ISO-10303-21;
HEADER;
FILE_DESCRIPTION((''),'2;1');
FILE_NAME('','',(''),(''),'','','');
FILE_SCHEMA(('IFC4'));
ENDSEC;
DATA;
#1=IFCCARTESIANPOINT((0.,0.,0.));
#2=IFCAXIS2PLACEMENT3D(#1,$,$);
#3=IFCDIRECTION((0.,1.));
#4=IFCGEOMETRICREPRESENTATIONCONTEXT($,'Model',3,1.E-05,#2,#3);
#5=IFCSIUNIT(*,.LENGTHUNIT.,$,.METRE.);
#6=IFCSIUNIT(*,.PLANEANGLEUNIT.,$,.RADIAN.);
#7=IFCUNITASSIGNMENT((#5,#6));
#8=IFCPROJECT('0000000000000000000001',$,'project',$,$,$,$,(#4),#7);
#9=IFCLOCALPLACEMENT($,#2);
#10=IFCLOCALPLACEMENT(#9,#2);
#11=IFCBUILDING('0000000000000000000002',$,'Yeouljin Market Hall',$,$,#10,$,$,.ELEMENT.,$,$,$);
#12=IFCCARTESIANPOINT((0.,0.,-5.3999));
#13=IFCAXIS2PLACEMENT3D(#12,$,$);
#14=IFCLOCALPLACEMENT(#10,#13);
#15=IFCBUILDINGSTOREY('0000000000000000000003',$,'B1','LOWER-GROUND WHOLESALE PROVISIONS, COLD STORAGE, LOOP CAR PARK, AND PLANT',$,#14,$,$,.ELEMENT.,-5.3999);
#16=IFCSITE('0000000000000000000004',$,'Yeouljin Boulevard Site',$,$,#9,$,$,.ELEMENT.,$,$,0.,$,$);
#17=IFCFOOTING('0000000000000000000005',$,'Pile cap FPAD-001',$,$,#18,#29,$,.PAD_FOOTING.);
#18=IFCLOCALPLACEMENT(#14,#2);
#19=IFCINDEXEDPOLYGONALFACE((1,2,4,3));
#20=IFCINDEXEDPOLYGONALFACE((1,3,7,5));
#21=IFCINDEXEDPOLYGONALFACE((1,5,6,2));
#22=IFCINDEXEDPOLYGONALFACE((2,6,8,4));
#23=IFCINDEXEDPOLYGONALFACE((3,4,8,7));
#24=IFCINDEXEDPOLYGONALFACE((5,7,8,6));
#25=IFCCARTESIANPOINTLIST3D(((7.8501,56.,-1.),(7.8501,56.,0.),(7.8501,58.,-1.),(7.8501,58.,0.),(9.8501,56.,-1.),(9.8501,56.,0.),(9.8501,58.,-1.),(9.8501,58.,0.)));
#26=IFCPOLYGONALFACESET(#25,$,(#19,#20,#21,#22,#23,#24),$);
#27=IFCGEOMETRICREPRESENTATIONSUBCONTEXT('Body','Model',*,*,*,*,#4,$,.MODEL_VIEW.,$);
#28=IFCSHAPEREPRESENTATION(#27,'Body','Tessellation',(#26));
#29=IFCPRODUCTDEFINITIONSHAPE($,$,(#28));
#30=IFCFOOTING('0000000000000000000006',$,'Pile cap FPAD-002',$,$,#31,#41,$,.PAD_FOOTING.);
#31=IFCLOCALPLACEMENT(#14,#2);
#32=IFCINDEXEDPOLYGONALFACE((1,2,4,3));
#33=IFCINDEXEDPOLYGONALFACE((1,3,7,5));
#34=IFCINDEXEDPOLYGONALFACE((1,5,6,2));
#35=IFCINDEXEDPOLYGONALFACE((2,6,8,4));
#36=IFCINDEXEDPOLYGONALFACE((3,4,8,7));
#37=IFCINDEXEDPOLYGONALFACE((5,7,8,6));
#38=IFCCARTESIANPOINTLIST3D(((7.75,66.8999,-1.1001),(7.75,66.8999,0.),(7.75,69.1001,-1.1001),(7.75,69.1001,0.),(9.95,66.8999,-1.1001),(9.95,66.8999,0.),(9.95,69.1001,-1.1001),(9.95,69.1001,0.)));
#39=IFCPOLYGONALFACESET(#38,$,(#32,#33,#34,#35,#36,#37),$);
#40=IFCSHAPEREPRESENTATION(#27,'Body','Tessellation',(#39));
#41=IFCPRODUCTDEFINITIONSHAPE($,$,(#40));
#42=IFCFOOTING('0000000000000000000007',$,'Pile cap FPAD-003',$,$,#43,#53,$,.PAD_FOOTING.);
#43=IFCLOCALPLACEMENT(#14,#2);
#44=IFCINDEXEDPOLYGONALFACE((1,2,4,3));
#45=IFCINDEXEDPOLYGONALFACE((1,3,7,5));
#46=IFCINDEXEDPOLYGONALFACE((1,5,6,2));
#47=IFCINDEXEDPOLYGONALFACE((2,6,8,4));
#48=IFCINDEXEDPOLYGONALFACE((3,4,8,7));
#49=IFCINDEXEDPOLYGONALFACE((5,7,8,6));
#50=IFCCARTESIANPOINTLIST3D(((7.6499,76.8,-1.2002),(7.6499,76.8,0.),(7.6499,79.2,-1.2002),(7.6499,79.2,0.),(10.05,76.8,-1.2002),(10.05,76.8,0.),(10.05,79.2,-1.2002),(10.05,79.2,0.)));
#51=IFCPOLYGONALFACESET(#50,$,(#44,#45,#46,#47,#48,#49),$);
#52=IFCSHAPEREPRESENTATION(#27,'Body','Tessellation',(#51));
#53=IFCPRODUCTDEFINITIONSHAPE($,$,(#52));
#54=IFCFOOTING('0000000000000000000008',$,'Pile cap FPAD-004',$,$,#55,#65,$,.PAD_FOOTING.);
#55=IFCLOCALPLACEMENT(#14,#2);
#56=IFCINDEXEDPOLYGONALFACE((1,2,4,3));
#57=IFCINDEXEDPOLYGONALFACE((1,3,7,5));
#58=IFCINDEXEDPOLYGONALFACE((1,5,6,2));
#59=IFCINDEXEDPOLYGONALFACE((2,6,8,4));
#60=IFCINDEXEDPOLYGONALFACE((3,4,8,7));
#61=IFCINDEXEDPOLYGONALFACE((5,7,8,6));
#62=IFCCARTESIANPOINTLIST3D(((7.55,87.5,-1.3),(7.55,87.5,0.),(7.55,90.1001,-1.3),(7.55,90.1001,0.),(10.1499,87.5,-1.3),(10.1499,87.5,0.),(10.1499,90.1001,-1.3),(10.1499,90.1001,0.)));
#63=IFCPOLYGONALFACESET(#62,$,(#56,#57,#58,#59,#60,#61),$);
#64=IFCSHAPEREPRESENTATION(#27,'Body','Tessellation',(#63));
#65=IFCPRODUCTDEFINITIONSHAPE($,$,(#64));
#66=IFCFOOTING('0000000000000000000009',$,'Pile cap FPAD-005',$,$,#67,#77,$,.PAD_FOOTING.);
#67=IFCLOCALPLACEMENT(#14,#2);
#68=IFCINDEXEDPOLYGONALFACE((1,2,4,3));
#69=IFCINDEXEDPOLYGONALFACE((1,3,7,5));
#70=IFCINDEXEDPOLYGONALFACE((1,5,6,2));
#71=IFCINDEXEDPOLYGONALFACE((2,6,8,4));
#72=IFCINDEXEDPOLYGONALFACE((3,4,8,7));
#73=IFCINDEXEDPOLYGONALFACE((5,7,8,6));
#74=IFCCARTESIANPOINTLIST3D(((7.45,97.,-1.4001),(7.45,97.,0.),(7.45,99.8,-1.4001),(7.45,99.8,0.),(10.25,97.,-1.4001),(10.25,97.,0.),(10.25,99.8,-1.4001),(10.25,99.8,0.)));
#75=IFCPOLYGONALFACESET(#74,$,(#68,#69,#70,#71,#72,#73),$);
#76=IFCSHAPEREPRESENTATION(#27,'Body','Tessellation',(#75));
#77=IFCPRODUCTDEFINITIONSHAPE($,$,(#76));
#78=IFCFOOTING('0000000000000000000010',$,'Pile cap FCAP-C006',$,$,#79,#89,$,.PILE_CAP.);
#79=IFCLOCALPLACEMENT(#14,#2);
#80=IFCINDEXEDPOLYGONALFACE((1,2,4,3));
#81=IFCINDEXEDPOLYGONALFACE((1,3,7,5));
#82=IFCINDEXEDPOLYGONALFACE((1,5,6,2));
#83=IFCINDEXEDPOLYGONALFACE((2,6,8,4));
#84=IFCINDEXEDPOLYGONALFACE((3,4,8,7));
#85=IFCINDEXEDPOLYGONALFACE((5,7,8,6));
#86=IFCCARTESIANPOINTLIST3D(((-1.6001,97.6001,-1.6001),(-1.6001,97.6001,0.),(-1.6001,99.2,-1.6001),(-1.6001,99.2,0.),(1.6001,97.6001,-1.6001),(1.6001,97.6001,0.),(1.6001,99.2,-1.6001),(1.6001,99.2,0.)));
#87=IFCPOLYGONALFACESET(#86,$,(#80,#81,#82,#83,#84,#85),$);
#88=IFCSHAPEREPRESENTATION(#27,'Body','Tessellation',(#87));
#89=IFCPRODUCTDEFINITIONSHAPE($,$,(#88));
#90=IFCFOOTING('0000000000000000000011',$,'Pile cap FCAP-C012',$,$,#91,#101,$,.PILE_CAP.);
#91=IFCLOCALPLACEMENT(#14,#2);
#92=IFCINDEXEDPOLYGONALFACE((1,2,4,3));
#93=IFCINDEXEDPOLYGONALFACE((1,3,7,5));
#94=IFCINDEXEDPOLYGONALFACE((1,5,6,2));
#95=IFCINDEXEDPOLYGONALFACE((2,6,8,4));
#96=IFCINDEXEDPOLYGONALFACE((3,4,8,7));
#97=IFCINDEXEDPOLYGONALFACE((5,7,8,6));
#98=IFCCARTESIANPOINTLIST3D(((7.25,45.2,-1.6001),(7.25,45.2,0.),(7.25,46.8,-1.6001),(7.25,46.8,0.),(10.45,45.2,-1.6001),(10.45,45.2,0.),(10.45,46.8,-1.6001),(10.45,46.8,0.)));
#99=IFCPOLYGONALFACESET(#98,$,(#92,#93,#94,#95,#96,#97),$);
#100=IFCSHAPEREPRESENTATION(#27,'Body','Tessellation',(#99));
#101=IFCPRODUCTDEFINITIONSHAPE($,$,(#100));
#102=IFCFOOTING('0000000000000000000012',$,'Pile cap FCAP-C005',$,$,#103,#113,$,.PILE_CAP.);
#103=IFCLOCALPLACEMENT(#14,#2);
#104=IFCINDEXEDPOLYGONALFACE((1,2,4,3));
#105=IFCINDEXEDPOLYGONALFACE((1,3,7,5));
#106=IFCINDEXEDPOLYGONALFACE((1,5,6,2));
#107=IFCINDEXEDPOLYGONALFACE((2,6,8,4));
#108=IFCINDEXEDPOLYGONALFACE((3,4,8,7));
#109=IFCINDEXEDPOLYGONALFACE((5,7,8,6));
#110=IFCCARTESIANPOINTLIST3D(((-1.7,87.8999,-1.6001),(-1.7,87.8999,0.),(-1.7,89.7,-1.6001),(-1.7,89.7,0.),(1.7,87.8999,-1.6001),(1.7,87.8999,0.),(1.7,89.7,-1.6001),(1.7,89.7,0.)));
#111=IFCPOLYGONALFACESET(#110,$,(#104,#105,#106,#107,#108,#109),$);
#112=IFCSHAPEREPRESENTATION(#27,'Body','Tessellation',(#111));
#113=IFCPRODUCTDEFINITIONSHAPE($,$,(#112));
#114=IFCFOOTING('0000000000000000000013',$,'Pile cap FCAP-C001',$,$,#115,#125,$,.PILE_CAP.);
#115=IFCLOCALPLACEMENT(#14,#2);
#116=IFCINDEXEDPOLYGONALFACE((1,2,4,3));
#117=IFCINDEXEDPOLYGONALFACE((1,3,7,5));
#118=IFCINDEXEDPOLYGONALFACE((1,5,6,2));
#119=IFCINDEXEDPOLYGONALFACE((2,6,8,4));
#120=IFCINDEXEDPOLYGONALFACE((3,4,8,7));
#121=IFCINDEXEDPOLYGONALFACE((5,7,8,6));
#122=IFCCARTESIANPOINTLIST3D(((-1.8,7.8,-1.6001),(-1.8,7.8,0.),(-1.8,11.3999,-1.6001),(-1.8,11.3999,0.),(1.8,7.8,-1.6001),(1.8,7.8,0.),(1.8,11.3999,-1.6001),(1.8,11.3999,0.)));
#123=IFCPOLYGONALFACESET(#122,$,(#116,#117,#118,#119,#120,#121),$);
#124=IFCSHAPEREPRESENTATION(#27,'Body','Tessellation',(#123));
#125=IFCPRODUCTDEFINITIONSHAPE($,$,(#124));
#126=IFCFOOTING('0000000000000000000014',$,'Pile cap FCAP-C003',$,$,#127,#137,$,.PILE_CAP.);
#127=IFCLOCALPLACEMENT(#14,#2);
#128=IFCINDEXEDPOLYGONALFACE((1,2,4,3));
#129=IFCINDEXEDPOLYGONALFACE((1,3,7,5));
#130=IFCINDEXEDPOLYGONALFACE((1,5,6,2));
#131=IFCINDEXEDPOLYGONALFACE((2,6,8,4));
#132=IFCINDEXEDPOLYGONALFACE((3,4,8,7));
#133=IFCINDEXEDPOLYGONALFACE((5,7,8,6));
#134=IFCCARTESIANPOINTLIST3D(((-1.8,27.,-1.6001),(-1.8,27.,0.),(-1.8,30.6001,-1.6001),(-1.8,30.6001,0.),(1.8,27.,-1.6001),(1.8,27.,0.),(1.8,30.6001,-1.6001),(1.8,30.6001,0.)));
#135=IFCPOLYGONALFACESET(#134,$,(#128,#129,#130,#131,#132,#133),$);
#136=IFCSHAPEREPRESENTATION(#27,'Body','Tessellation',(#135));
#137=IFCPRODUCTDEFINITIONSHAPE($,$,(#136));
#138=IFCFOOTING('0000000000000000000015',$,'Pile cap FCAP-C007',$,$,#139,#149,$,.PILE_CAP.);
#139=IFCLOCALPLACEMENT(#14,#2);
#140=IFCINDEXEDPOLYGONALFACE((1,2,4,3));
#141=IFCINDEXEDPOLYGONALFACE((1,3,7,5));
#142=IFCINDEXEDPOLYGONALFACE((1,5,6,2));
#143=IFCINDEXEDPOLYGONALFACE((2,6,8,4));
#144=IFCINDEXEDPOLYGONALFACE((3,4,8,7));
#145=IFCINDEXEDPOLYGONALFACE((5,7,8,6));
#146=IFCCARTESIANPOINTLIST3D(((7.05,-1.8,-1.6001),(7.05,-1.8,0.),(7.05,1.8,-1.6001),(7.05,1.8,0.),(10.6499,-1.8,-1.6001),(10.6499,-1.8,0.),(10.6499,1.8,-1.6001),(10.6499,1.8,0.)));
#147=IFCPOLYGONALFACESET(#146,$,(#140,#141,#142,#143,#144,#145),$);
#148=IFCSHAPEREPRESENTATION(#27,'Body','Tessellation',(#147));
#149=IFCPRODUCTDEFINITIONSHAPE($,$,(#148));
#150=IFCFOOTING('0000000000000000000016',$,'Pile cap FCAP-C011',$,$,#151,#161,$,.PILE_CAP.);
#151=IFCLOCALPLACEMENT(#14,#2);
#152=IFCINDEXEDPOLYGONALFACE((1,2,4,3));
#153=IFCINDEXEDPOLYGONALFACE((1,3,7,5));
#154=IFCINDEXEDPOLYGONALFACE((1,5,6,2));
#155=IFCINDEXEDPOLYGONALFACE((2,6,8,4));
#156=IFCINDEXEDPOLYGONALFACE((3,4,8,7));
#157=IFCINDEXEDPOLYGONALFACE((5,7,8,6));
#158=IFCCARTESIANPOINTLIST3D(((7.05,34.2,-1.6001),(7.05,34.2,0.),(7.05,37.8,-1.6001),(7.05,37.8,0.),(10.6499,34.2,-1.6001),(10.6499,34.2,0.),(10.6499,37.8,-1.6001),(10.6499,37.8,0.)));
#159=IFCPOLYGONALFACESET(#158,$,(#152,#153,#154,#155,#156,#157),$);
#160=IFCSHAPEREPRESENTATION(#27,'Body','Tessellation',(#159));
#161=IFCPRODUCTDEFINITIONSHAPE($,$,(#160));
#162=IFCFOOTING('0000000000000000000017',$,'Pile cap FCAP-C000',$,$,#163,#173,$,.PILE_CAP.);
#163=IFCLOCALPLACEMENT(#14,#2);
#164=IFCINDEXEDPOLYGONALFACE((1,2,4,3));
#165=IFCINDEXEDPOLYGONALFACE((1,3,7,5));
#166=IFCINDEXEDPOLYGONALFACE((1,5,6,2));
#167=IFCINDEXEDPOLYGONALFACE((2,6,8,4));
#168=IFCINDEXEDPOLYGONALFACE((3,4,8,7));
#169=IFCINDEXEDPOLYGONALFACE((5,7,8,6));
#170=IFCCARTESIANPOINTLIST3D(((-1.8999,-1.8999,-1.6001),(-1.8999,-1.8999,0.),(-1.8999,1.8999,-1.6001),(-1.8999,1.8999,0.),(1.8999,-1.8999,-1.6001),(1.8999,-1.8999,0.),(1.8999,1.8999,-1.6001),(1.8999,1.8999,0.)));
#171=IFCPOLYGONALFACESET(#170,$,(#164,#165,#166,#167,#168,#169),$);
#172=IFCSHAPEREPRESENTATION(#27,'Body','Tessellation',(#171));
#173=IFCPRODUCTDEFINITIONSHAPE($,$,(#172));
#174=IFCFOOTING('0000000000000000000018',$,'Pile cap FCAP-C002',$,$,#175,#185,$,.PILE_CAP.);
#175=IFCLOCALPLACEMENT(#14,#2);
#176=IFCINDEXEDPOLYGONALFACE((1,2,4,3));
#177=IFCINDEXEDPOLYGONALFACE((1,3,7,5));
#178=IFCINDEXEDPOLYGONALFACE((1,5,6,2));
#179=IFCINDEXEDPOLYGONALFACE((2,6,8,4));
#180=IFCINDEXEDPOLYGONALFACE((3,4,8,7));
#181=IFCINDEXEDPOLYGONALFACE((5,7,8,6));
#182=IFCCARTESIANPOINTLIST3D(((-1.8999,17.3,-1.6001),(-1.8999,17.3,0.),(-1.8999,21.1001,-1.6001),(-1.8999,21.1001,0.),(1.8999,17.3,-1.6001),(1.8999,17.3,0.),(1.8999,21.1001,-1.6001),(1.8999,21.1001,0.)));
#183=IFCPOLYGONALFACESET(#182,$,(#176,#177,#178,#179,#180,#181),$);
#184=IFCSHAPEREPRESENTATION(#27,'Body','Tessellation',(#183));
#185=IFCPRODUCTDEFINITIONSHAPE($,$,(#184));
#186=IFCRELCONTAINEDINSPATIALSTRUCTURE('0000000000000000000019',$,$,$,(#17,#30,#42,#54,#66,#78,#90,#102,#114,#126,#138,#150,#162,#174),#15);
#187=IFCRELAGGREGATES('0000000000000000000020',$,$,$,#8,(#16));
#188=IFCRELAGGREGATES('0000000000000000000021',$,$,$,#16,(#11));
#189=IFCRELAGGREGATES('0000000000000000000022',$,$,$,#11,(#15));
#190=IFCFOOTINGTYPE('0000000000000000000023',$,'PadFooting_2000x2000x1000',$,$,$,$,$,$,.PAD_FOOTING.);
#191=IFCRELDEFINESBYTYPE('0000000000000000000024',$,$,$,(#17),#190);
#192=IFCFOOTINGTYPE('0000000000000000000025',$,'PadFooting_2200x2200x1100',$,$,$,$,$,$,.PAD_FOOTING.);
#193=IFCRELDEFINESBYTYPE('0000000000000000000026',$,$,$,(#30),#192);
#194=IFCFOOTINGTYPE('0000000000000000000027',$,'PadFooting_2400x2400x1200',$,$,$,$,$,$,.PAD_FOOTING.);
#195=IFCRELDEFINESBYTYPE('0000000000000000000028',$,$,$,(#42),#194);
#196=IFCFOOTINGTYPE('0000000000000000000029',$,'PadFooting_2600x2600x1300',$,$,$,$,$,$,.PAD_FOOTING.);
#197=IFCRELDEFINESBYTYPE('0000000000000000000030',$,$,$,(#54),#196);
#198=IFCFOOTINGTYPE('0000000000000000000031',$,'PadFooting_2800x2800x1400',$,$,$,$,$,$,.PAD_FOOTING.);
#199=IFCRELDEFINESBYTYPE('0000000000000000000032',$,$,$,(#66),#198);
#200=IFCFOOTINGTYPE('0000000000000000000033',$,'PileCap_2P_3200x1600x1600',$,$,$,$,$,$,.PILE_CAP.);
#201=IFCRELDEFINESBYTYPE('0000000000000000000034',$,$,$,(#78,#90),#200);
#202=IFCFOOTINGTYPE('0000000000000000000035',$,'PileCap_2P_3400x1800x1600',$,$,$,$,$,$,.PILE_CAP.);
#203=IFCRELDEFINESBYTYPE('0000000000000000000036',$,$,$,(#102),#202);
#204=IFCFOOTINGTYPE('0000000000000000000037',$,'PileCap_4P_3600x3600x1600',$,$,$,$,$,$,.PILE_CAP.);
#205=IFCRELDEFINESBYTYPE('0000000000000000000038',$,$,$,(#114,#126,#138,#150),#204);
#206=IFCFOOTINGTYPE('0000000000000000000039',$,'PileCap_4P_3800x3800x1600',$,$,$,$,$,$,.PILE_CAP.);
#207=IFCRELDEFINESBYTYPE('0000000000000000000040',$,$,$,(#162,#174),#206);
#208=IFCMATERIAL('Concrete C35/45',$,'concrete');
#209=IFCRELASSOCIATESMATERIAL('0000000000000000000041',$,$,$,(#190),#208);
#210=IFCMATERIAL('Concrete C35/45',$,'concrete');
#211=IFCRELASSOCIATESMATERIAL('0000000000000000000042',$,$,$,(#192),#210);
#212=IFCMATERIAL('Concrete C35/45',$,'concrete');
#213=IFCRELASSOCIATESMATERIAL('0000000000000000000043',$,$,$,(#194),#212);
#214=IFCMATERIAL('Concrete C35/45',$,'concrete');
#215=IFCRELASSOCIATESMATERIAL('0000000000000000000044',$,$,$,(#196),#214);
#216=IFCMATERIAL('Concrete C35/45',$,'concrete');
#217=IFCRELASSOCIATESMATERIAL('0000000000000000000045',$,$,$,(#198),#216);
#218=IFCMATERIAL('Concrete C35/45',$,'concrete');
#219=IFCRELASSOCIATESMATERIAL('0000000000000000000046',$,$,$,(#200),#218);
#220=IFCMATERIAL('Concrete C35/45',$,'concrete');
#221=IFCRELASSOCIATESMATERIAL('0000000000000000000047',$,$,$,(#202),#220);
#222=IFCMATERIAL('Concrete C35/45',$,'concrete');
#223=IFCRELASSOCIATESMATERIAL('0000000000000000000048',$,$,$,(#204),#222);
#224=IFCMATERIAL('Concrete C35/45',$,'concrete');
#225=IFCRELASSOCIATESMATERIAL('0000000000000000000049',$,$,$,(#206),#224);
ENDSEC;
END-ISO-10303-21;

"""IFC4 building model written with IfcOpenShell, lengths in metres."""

from ifc_helpers import new_model, si_unit, direction, frame, origin, place, context, subcontext, project, spatial, polyline, outline, extrude, material, type_object, element, save


model = new_model("IFC4")

# Units and contexts
model_context = context("Model", 3, precision=1e-05, world=origin(), true_north=direction((0.0, 1.0)))
body_context = subcontext(model_context, "Body", "Model", "MODEL_VIEW")
ifc_project = project(units=[si_unit("LENGTHUNIT", "METRE"), si_unit("PLANEANGLEUNIT", "RADIAN")], contexts=[model_context])

# Site, building, storey
site_placement = place(None, origin())
site = spatial("IfcSite", under=ifc_project, at=site_placement, Name="Yeouljin Boulevard Site", CompositionType="ELEMENT", RefElevation=0.0)
building_placement = place(site_placement, origin())
building = spatial("IfcBuilding", under=site, at=building_placement, Name="Yeouljin Market Hall", CompositionType="ELEMENT")
storey_placement = place(building_placement, frame((0.0, 0.0, -5.3999)))
storey = spatial("IfcBuildingStorey", under=building, at=storey_placement, Name="B1", Description="LOWER-GROUND WHOLESALE PROVISIONS, COLD STORAGE, LOOP CAR PARK, AND PLANT", CompositionType="ELEMENT", Elevation=-5.3999)

# Footings
ifc_material_1 = material(Name="Concrete C35/45", Category="concrete")
footing_type_1 = type_object("IfcFootingType", Name="PadFooting_2000x2000x1000", PredefinedType="PAD_FOOTING", material=ifc_material_1)
footing_1_placement = place(storey_placement, frame((0.0, 0.0, -1.0)))
element("IfcFooting", 1, at=footing_1_placement, inside=storey, type_object=footing_type_1, Name="Pile cap FPAD-001", PredefinedType="PAD_FOOTING", context=body_context, shape_type="SweptSolid", body=[
    extrude(outline(polyline([(7.8501, 56.0), (9.8501, 56.0), (9.8501, 58.0), (7.8501, 58.0), (7.8501, 56.0)])), origin(), (0.0, 0.0, 1.0), 1.0),
])
ifc_material_2 = material(Name="Concrete C35/45", Category="concrete")
footing_type_2 = type_object("IfcFootingType", Name="PadFooting_2200x2200x1100", PredefinedType="PAD_FOOTING", material=ifc_material_2)
footing_2_placement = place(storey_placement, frame((0.0, 0.0, -1.1001)))
element("IfcFooting", 2, at=footing_2_placement, inside=storey, type_object=footing_type_2, Name="Pile cap FPAD-002", PredefinedType="PAD_FOOTING", context=body_context, shape_type="SweptSolid", body=[
    extrude(outline(polyline([(7.75, 66.8999), (9.95, 66.8999), (9.95, 69.1001), (7.75, 69.1001), (7.75, 66.8999)])), origin(), (0.0, 0.0, 1.0), 1.1001),
])
ifc_material_3 = material(Name="Concrete C35/45", Category="concrete")
footing_type_3 = type_object("IfcFootingType", Name="PadFooting_2400x2400x1200", PredefinedType="PAD_FOOTING", material=ifc_material_3)
footing_3_placement = place(storey_placement, frame((0.0, 0.0, -1.2002)))
element("IfcFooting", 3, at=footing_3_placement, inside=storey, type_object=footing_type_3, Name="Pile cap FPAD-003", PredefinedType="PAD_FOOTING", context=body_context, shape_type="SweptSolid", body=[
    extrude(outline(polyline([(7.6499, 76.8), (10.05, 76.8), (10.05, 79.2), (7.6499, 79.2), (7.6499, 76.8)])), origin(), (0.0, 0.0, 1.0), 1.2002),
])
ifc_material_4 = material(Name="Concrete C35/45", Category="concrete")
footing_type_4 = type_object("IfcFootingType", Name="PadFooting_2600x2600x1300", PredefinedType="PAD_FOOTING", material=ifc_material_4)
footing_4_placement = place(storey_placement, frame((0.0, 0.0, -1.3)))
element("IfcFooting", 4, at=footing_4_placement, inside=storey, type_object=footing_type_4, Name="Pile cap FPAD-004", PredefinedType="PAD_FOOTING", context=body_context, shape_type="SweptSolid", body=[
    extrude(outline(polyline([(7.55, 87.5), (10.1499, 87.5), (10.1499, 90.1001), (7.55, 90.1001), (7.55, 87.5)])), origin(), (0.0, 0.0, 1.0), 1.3),
])
ifc_material_5 = material(Name="Concrete C35/45", Category="concrete")
footing_type_5 = type_object("IfcFootingType", Name="PadFooting_2800x2800x1400", PredefinedType="PAD_FOOTING", material=ifc_material_5)
footing_5_placement = place(storey_placement, frame((0.0, 0.0, -1.4001)))
element("IfcFooting", 5, at=footing_5_placement, inside=storey, type_object=footing_type_5, Name="Pile cap FPAD-005", PredefinedType="PAD_FOOTING", context=body_context, shape_type="SweptSolid", body=[
    extrude(outline(polyline([(7.45, 97.0), (10.25, 97.0), (10.25, 99.8), (7.45, 99.8), (7.45, 97.0)])), origin(), (0.0, 0.0, 1.0), 1.4001),
])
ifc_material_6 = material(Name="Concrete C35/45", Category="concrete")
footing_type_6 = type_object("IfcFootingType", Name="PileCap_2P_3200x1600x1600", PredefinedType="PILE_CAP", material=ifc_material_6)
footing_6_placement = place(storey_placement, frame((0.0, 0.0, -1.6001)))
element("IfcFooting", 6, at=footing_6_placement, inside=storey, type_object=footing_type_6, Name="Pile cap FCAP-C006", PredefinedType="PILE_CAP", context=body_context, shape_type="SweptSolid", body=[
    extrude(outline(polyline([(-1.6001, 97.6001), (1.6001, 97.6001), (1.6001, 99.2), (-1.6001, 99.2), (-1.6001, 97.6001)])), origin(), (0.0, 0.0, 1.0), 1.6001),
])
footing_7_placement = place(storey_placement, frame((0.0, 0.0, -1.6001)))
element("IfcFooting", 7, at=footing_7_placement, inside=storey, type_object=footing_type_6, Name="Pile cap FCAP-C012", PredefinedType="PILE_CAP", context=body_context, shape_type="SweptSolid", body=[
    extrude(outline(polyline([(7.25, 45.2), (10.45, 45.2), (10.45, 46.8), (7.25, 46.8), (7.25, 45.2)])), origin(), (0.0, 0.0, 1.0), 1.6001),
])
ifc_material_7 = material(Name="Concrete C35/45", Category="concrete")
footing_type_7 = type_object("IfcFootingType", Name="PileCap_2P_3400x1800x1600", PredefinedType="PILE_CAP", material=ifc_material_7)
footing_8_placement = place(storey_placement, frame((0.0, 0.0, -1.6001)))
element("IfcFooting", 8, at=footing_8_placement, inside=storey, type_object=footing_type_7, Name="Pile cap FCAP-C005", PredefinedType="PILE_CAP", context=body_context, shape_type="SweptSolid", body=[
    extrude(outline(polyline([(-1.7, 87.8999), (1.7, 87.8999), (1.7, 89.7), (-1.7, 89.7), (-1.7, 87.8999)])), origin(), (0.0, 0.0, 1.0), 1.6001),
])
ifc_material_8 = material(Name="Concrete C35/45", Category="concrete")
footing_type_8 = type_object("IfcFootingType", Name="PileCap_4P_3600x3600x1600", PredefinedType="PILE_CAP", material=ifc_material_8)
footing_9_placement = place(storey_placement, frame((0.0, 0.0, -1.6001)))
element("IfcFooting", 9, at=footing_9_placement, inside=storey, type_object=footing_type_8, Name="Pile cap FCAP-C001", PredefinedType="PILE_CAP", context=body_context, shape_type="SweptSolid", body=[
    extrude(outline(polyline([(-1.8, 7.8), (1.8, 7.8), (1.8, 11.3999), (-1.8, 11.3999), (-1.8, 7.8)])), origin(), (0.0, 0.0, 1.0), 1.6001),
])
footing_10_placement = place(storey_placement, frame((0.0, 0.0, -1.6001)))
element("IfcFooting", 10, at=footing_10_placement, inside=storey, type_object=footing_type_8, Name="Pile cap FCAP-C003", PredefinedType="PILE_CAP", context=body_context, shape_type="SweptSolid", body=[
    extrude(outline(polyline([(-1.8, 27.0), (1.8, 27.0), (1.8, 30.6001), (-1.8, 30.6001), (-1.8, 27.0)])), origin(), (0.0, 0.0, 1.0), 1.6001),
])
footing_11_placement = place(storey_placement, frame((0.0, 0.0, -1.6001)))
element("IfcFooting", 11, at=footing_11_placement, inside=storey, type_object=footing_type_8, Name="Pile cap FCAP-C007", PredefinedType="PILE_CAP", context=body_context, shape_type="SweptSolid", body=[
    extrude(outline(polyline([(7.05, -1.8), (10.6499, -1.8), (10.6499, 1.8), (7.05, 1.8), (7.05, -1.8)])), origin(), (0.0, 0.0, 1.0), 1.6001),
])
footing_12_placement = place(storey_placement, frame((0.0, 0.0, -1.6001)))
element("IfcFooting", 12, at=footing_12_placement, inside=storey, type_object=footing_type_8, Name="Pile cap FCAP-C011", PredefinedType="PILE_CAP", context=body_context, shape_type="SweptSolid", body=[
    extrude(outline(polyline([(7.05, 34.2), (10.6499, 34.2), (10.6499, 37.8), (7.05, 37.8), (7.05, 34.2)])), origin(), (0.0, 0.0, 1.0), 1.6001),
])
ifc_material_9 = material(Name="Concrete C35/45", Category="concrete")
footing_type_9 = type_object("IfcFootingType", Name="PileCap_4P_3800x3800x1600", PredefinedType="PILE_CAP", material=ifc_material_9)
footing_13_placement = place(storey_placement, frame((0.0, 0.0, -1.6001)))
element("IfcFooting", 13, at=footing_13_placement, inside=storey, type_object=footing_type_9, Name="Pile cap FCAP-C000", PredefinedType="PILE_CAP", context=body_context, shape_type="SweptSolid", body=[
    extrude(outline(polyline([(-1.8999, -1.8999), (1.8999, -1.8999), (1.8999, 1.8999), (-1.8999, 1.8999), (-1.8999, -1.8999)])), origin(), (0.0, 0.0, 1.0), 1.6001),
])
footing_14_placement = place(storey_placement, frame((0.0, 0.0, -1.6001)))
element("IfcFooting", 14, at=footing_14_placement, inside=storey, type_object=footing_type_9, Name="Pile cap FCAP-C002", PredefinedType="PILE_CAP", context=body_context, shape_type="SweptSolid", body=[
    extrude(outline(polyline([(-1.8999, 17.3), (1.8999, 17.3), (1.8999, 21.1001), (-1.8999, 21.1001), (-1.8999, 17.3)])), origin(), (0.0, 0.0, 1.0), 1.6001),
])

save(model, "model.ifc")
